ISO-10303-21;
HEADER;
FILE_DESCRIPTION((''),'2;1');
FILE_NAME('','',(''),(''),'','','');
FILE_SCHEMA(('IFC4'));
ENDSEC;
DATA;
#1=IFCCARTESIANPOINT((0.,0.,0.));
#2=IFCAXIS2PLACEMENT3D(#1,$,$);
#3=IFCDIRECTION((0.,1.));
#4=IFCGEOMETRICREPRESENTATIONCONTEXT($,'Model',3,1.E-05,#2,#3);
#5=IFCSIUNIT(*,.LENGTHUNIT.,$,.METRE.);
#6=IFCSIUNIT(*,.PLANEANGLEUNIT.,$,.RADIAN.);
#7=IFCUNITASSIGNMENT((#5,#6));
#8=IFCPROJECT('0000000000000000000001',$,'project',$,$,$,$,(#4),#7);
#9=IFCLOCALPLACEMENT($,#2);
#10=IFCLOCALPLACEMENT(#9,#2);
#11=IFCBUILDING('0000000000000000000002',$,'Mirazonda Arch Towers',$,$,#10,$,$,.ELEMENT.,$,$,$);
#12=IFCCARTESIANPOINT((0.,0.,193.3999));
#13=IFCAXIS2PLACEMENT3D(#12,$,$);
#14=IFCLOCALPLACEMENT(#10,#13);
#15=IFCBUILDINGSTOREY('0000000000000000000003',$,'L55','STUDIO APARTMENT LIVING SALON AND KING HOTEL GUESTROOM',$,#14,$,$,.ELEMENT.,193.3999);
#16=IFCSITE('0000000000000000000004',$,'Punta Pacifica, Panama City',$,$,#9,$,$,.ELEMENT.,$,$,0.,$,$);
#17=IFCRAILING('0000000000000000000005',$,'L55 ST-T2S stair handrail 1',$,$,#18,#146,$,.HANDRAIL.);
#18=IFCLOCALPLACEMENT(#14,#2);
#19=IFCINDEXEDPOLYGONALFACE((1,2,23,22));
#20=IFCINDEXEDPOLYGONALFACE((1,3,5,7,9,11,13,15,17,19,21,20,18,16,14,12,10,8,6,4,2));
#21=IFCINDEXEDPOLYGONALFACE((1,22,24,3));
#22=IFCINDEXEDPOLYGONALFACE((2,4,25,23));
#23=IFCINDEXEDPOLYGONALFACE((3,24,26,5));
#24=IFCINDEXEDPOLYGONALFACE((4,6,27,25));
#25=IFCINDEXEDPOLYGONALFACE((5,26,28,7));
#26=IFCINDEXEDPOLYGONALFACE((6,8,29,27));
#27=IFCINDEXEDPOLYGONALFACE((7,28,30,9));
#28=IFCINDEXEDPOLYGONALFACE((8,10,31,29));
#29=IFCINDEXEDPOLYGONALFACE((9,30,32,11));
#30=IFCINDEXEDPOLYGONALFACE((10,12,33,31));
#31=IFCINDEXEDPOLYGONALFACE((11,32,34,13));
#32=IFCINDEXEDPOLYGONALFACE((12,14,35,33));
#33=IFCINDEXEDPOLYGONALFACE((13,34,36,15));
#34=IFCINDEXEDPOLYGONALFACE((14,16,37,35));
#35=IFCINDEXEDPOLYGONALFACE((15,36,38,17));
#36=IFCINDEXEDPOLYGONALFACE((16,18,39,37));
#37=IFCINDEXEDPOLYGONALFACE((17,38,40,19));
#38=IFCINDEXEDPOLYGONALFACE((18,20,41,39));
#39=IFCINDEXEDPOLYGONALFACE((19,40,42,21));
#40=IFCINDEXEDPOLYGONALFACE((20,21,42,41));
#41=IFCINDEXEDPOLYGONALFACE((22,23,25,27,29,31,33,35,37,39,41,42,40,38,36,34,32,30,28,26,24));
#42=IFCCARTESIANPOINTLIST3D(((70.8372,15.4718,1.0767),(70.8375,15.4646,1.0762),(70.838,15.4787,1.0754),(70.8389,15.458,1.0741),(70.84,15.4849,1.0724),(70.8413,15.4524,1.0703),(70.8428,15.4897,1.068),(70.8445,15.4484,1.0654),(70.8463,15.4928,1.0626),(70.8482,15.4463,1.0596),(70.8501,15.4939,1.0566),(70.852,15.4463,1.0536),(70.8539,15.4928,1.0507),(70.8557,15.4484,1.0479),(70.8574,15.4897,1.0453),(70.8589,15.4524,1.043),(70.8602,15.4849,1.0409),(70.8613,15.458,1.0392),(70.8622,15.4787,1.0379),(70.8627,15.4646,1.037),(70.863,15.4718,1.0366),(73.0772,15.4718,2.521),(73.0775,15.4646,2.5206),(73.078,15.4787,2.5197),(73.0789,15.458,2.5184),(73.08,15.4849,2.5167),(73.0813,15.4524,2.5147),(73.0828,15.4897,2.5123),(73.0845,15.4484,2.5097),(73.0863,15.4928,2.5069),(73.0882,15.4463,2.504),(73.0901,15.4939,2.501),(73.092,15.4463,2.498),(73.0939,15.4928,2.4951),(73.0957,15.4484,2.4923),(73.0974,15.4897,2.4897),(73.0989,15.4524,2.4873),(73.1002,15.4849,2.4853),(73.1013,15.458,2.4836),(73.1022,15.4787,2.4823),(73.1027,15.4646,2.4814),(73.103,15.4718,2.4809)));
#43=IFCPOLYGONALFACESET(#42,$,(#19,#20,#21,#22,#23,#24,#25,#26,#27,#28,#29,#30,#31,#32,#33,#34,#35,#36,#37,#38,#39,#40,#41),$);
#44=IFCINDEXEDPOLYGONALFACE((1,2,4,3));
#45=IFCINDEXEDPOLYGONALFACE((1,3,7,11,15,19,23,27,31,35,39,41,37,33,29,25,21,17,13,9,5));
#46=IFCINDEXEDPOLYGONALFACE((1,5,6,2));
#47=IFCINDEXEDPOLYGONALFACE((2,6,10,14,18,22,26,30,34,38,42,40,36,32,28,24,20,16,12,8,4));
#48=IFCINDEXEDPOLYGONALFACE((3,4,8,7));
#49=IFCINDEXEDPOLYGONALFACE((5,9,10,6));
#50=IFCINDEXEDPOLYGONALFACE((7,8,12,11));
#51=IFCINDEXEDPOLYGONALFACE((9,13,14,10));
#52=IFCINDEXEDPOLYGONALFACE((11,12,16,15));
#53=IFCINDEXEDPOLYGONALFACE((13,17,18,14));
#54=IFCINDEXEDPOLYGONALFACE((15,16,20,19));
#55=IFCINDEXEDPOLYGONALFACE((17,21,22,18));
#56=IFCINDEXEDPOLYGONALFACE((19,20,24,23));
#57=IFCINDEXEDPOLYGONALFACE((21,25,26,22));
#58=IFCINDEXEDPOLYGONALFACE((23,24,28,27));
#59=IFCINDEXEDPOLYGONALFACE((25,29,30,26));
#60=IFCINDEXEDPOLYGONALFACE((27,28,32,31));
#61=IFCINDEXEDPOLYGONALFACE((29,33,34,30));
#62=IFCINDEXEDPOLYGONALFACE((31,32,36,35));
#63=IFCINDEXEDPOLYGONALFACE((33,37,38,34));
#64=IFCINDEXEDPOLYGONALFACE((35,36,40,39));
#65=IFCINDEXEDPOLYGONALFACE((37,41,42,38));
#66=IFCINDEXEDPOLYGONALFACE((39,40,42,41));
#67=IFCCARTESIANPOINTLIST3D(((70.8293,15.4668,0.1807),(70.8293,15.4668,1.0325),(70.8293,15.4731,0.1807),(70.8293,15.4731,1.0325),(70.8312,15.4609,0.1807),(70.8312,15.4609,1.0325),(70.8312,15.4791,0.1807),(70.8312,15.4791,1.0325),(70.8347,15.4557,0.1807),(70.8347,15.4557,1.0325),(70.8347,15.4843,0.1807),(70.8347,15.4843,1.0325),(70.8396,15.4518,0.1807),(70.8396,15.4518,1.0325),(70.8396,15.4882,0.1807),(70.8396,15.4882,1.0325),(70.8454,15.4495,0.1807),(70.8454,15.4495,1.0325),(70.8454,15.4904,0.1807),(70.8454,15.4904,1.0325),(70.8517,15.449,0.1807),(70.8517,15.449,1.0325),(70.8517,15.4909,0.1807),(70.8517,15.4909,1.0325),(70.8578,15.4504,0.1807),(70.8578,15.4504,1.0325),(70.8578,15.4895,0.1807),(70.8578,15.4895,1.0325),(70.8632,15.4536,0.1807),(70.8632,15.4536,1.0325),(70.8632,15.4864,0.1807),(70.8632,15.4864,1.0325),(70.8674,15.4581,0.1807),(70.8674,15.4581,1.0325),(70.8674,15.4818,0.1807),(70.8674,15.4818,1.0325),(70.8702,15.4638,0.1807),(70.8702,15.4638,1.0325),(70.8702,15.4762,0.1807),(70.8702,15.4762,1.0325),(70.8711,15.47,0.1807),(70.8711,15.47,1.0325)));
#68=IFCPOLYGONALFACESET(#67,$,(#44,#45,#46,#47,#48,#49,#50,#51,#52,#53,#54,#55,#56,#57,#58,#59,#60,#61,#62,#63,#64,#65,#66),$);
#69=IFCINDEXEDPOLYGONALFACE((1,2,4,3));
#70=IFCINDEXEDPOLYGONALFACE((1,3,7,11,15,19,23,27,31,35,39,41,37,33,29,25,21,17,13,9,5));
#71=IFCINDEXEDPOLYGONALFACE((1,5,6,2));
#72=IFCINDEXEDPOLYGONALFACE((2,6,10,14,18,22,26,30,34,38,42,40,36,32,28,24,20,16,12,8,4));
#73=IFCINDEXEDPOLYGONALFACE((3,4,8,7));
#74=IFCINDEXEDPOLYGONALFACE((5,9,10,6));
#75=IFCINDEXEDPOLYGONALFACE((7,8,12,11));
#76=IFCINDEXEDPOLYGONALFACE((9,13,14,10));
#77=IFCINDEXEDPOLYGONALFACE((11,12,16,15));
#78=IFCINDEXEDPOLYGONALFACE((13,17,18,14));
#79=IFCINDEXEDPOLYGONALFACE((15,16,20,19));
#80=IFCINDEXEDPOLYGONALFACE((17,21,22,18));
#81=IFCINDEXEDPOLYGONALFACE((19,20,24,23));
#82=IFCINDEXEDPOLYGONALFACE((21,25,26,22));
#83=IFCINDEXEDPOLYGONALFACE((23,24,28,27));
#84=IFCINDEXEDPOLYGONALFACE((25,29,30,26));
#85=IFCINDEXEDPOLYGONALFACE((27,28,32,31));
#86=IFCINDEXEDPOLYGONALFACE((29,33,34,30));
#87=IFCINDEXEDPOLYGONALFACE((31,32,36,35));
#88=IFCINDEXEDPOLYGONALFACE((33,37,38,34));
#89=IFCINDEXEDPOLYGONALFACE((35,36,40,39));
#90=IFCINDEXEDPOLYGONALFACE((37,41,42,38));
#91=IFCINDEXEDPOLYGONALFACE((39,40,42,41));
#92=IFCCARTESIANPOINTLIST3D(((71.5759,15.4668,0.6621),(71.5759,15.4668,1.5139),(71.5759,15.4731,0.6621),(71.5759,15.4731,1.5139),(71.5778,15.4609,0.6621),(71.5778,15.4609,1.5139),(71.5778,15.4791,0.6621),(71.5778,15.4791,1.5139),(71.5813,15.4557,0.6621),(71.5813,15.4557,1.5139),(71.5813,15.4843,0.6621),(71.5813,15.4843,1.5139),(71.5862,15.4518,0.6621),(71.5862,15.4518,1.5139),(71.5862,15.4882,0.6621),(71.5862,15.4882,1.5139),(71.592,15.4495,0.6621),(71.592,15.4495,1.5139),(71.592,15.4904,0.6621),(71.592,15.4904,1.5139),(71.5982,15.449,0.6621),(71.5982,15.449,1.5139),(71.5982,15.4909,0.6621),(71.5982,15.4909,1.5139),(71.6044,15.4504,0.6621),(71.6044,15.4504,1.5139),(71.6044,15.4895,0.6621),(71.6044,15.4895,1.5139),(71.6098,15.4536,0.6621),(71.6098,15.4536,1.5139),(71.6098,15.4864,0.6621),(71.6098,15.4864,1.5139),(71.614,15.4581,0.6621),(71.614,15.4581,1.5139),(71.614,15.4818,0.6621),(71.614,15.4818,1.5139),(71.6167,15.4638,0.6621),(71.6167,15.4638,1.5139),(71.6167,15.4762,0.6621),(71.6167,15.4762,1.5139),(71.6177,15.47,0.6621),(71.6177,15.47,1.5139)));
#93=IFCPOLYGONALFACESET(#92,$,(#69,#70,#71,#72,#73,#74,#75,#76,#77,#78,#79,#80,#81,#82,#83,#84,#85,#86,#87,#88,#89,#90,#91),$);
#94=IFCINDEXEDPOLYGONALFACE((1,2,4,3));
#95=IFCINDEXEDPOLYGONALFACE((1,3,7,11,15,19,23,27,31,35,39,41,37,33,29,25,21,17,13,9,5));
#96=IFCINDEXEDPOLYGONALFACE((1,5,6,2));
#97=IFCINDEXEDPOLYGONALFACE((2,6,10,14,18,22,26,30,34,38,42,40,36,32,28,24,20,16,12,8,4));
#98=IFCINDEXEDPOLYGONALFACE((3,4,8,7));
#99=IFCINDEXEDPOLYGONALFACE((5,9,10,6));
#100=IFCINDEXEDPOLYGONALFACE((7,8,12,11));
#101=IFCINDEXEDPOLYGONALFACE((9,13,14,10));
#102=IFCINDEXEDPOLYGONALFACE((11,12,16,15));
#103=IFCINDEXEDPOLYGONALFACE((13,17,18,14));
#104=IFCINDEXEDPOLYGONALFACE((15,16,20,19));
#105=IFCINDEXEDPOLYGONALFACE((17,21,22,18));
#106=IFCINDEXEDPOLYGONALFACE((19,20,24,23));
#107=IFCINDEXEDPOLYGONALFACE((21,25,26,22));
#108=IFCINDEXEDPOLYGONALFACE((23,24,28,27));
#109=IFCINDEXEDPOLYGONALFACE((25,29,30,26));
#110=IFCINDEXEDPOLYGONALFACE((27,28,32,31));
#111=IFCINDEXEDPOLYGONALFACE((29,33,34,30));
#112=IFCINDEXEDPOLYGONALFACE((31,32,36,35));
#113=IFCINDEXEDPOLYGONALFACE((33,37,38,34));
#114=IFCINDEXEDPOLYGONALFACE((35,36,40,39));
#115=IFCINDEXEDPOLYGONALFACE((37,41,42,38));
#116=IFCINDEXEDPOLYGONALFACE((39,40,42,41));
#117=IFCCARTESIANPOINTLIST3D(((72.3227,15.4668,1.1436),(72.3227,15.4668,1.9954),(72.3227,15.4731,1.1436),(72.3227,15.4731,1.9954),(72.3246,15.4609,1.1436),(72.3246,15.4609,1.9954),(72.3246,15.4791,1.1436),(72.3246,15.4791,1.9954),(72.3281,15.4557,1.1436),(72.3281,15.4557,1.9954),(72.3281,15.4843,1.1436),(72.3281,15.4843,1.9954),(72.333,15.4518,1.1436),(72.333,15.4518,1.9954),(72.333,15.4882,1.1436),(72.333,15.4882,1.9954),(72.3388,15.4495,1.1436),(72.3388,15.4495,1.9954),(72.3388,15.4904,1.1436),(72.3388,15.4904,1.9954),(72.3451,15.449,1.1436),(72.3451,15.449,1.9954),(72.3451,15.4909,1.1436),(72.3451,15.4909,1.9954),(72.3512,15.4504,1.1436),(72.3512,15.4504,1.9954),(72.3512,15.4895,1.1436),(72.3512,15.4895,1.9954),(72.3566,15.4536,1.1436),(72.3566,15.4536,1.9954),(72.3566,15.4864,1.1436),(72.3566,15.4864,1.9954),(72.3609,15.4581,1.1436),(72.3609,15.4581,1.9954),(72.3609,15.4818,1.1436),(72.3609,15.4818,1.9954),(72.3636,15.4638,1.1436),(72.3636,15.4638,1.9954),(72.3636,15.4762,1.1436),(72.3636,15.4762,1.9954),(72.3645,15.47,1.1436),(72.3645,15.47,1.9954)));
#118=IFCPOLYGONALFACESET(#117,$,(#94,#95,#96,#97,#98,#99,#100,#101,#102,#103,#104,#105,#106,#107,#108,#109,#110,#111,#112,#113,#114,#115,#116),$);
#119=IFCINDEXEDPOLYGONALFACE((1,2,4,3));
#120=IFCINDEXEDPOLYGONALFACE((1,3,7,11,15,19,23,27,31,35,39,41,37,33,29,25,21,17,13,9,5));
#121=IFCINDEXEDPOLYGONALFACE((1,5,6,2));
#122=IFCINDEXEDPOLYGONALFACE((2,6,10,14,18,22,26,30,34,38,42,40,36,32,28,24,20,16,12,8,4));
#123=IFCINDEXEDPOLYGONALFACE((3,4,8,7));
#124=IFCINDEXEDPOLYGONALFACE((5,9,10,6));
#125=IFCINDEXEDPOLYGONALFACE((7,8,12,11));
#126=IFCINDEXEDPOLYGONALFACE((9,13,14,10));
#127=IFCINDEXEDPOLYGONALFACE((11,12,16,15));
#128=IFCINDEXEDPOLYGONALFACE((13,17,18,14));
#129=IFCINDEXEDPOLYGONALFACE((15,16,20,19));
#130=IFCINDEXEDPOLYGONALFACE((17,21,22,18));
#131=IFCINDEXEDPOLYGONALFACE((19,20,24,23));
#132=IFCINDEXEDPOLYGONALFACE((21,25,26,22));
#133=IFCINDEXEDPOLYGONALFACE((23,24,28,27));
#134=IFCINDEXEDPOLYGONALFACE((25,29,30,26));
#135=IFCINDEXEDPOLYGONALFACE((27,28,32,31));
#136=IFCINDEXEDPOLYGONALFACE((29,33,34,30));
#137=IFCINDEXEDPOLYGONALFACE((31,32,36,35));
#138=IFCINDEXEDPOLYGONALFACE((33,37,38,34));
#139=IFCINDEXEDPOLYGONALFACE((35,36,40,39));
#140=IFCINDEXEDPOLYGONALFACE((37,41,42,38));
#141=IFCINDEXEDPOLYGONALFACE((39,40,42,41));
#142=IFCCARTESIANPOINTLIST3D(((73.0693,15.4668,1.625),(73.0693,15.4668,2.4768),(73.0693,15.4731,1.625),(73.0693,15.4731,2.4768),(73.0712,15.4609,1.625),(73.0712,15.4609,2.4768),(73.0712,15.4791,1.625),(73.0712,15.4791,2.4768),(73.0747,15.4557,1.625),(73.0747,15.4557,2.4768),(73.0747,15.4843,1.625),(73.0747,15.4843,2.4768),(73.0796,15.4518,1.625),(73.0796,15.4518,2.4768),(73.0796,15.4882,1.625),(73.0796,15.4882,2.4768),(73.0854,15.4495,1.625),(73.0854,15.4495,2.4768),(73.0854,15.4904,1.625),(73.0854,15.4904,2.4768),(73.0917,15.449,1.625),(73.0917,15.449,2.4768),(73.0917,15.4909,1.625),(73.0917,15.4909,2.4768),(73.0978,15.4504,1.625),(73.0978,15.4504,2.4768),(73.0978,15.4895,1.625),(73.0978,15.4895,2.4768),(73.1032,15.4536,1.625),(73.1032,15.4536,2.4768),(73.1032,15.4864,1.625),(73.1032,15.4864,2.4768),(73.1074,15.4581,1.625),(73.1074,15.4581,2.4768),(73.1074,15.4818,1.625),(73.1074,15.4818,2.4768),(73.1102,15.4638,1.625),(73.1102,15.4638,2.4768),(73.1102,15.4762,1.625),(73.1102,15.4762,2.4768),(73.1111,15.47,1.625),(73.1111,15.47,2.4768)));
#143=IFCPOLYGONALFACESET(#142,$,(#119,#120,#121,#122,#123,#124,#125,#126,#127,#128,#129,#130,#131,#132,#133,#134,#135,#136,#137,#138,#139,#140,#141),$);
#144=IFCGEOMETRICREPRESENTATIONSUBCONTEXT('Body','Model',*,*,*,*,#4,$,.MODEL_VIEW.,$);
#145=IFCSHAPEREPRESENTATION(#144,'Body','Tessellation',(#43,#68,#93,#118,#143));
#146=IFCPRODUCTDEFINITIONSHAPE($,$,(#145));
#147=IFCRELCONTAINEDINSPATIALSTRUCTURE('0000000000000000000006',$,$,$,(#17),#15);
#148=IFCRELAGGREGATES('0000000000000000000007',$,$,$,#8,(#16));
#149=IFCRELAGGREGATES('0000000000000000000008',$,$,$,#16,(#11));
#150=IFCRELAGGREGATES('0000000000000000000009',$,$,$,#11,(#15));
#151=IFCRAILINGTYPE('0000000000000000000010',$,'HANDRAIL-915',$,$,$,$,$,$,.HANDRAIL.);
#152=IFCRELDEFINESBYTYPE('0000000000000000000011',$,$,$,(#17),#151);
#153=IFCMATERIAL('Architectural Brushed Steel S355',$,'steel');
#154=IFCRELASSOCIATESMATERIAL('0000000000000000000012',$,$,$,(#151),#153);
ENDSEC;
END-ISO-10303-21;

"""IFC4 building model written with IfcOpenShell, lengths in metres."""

from ifc_helpers import new_model, si_unit, direction, frame, origin, origin_2d, place, context, subcontext, project, spatial, circle, extrude, material, type_object, element, save


model = new_model("IFC4")

# Units and contexts
model_context = context("Model", 3, precision=1e-05, world=origin(), true_north=direction((0.0, 1.0)))
body_context = subcontext(model_context, "Body", "Model", "MODEL_VIEW")
ifc_project = project(units=[si_unit("LENGTHUNIT", "METRE"), si_unit("PLANEANGLEUNIT", "RADIAN")], contexts=[model_context])

# Site, building, storey
site_placement = place(None, origin())
site = spatial("IfcSite", under=ifc_project, at=site_placement, Name="Punta Pacifica, Panama City", CompositionType="ELEMENT", RefElevation=0.0)
building_placement = place(site_placement, origin())
building = spatial("IfcBuilding", under=site, at=building_placement, Name="Mirazonda Arch Towers", CompositionType="ELEMENT")
storey_placement = place(building_placement, frame((0.0, 0.0, 193.3999)))
storey = spatial("IfcBuildingStorey", under=building, at=storey_placement, Name="L55", Description="STUDIO APARTMENT LIVING SALON AND KING HOTEL GUESTROOM", CompositionType="ELEMENT", Elevation=193.3999)

# Railing
ifc_material_1 = material(Name="Architectural Brushed Steel S355", Category="steel")
railing_type_1 = type_object("IfcRailingType", Name="HANDRAIL-915", PredefinedType="HANDRAIL", material=ifc_material_1)
railing_1_placement = place(storey_placement, frame((70.8501, 15.47, 0.1807)))
element("IfcRailing", 1, at=railing_1_placement, inside=storey, type_object=railing_type_1, Name="L55 ST-T2S stair handrail 1", PredefinedType="HANDRAIL", context=body_context, shape_type="SweptSolid", body=[
    extrude(circle(Radius=0.0239, at=origin_2d()), frame((0.0, 0.0, 0.876), z_axis=(0.840437, 0.0, 0.54191), x_axis=(0.0, 1.0, 0.0)), (0.0, 0.0, 1.0), 2.6653),
    extrude(circle(Radius=0.021, at=origin_2d()), origin(), (0.0, 0.0, 1.0), 0.8518),
    extrude(circle(Radius=0.021, at=origin_2d()), frame((0.7466, 0.0, 0.4814)), (0.0, 0.0, 1.0), 0.8518),
    extrude(circle(Radius=0.021, at=origin_2d()), frame((1.4934, 0.0, 0.9629)), (0.0, 0.0, 1.0), 0.8518),
    extrude(circle(Radius=0.021, at=origin_2d()), frame((2.24, 0.0, 1.4443)), (0.0, 0.0, 1.0), 0.8518),
])

save(model, "model.ifc")
